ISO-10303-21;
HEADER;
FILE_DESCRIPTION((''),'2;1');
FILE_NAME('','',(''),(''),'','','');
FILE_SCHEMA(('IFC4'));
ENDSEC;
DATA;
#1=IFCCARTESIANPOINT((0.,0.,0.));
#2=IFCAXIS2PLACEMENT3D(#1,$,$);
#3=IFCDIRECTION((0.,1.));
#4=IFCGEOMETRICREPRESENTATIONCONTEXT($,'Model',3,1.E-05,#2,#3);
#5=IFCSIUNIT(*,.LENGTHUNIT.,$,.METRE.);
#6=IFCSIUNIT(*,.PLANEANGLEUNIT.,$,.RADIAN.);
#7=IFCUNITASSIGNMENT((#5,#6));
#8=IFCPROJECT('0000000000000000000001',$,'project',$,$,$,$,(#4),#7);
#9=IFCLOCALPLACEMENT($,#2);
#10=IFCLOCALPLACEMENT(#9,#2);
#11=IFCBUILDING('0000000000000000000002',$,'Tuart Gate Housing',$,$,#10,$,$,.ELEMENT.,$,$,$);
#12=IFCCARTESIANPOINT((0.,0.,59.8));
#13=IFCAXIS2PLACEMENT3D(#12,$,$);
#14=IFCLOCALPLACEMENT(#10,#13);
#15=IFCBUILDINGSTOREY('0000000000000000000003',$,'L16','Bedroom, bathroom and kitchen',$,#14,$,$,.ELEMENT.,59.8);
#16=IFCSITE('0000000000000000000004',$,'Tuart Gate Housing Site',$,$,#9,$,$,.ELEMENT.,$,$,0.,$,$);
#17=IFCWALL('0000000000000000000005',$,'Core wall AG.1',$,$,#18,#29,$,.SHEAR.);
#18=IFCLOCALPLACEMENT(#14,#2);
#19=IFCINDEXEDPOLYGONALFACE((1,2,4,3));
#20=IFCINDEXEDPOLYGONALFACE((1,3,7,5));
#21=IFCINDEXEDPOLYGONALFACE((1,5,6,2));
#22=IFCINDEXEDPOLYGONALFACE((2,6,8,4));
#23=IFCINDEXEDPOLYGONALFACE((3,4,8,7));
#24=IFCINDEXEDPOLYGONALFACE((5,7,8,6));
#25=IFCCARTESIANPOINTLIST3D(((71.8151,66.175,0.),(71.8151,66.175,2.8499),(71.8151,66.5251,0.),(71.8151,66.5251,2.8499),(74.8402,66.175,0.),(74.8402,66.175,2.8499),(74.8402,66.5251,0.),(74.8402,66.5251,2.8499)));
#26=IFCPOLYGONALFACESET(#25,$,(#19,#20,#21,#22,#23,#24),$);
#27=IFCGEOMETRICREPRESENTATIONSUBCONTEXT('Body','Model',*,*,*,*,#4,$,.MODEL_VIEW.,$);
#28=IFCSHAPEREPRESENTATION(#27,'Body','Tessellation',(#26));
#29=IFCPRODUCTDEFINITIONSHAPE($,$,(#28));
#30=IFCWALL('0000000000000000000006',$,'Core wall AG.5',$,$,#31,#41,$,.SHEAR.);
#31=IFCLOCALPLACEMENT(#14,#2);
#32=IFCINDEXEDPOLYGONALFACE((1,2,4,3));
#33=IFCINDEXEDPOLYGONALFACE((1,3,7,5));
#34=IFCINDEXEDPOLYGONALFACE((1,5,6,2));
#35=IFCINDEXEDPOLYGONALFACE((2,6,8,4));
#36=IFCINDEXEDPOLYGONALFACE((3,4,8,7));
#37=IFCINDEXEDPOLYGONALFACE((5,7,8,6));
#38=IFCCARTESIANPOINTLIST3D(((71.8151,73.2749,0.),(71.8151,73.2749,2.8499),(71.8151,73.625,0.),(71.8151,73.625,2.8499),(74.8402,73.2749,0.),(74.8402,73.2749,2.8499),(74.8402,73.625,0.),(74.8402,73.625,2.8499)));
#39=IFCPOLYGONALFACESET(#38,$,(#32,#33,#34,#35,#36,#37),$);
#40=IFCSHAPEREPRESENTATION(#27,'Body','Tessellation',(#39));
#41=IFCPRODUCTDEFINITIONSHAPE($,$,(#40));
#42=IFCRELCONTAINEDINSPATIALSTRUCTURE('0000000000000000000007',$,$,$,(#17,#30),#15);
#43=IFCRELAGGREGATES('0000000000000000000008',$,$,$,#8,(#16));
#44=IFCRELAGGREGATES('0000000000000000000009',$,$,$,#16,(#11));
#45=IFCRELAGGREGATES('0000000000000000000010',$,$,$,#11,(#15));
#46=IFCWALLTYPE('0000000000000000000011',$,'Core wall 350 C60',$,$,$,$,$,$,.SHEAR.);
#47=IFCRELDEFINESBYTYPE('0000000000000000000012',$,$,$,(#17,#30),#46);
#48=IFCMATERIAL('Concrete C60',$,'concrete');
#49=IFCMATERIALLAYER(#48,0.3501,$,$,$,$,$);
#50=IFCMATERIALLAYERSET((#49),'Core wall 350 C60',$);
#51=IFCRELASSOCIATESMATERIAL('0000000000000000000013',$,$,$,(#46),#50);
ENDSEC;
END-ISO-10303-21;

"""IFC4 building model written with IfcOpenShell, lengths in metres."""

from ifc_helpers import new_model, si_unit, direction, frame, frame_2d, origin, place, context, subcontext, project, spatial, rectangle, extrude, material, layer, layer_set, type_object, element, save


model = new_model("IFC4")

# Units and contexts
model_context = context("Model", 3, precision=1e-05, world=origin(), true_north=direction((0.0, 1.0)))
body_context = subcontext(model_context, "Body", "Model", "MODEL_VIEW")
ifc_project = project(units=[si_unit("LENGTHUNIT", "METRE"), si_unit("PLANEANGLEUNIT", "RADIAN")], contexts=[model_context])

# Site, building, storey
site_placement = place(None, origin())
site = spatial("IfcSite", under=ifc_project, at=site_placement, Name="Tuart Gate Housing Site", CompositionType="ELEMENT", RefElevation=0.0)
building_placement = place(site_placement, origin())
building = spatial("IfcBuilding", under=site, at=building_placement, Name="Tuart Gate Housing", CompositionType="ELEMENT")
storey_placement = place(building_placement, frame((0.0, 0.0, 59.8)))
storey = spatial("IfcBuildingStorey", under=building, at=storey_placement, Name="L16", Description="Bedroom, bathroom and kitchen", CompositionType="ELEMENT", Elevation=59.8)

# Walls
ifc_material_1 = material(Name="Concrete C60", Category="concrete")
ifc_layer_1 = layer(ifc_material_1, 0.3501)
ifc_layer_set_1 = layer_set([ifc_layer_1], Name="Core wall 350 C60")
wall_type_1 = type_object("IfcWallType", Name="Core wall 350 C60", PredefinedType="SHEAR", material=ifc_layer_set_1)
for number, where, z_axis, x_axis, name in (
    (1, (71.8149, 66.3501, 0.0), (0.0, 0.0, 1.0), (1.0, 0.0, 0.0), "Core wall AG.1"),
    (2, (71.8149, 73.45, 0.0), (0.0, 0.0, 1.0), (1.0, 0.0, 0.0), "Core wall AG.5"),
):
    element("IfcWall", number, at=place(storey_placement, frame(where, z_axis=z_axis, x_axis=x_axis)), inside=storey, type_object=wall_type_1, Name=name, PredefinedType="SHEAR", context=body_context, shape_type="SweptSolid", body=[
        extrude(rectangle(XDim=3.0251, YDim=0.3501, at=frame_2d((1.5127, 0.0))), origin(), (0.0, 0.0, 1.0), 2.8499),
    ])

save(model, "model.ifc")
